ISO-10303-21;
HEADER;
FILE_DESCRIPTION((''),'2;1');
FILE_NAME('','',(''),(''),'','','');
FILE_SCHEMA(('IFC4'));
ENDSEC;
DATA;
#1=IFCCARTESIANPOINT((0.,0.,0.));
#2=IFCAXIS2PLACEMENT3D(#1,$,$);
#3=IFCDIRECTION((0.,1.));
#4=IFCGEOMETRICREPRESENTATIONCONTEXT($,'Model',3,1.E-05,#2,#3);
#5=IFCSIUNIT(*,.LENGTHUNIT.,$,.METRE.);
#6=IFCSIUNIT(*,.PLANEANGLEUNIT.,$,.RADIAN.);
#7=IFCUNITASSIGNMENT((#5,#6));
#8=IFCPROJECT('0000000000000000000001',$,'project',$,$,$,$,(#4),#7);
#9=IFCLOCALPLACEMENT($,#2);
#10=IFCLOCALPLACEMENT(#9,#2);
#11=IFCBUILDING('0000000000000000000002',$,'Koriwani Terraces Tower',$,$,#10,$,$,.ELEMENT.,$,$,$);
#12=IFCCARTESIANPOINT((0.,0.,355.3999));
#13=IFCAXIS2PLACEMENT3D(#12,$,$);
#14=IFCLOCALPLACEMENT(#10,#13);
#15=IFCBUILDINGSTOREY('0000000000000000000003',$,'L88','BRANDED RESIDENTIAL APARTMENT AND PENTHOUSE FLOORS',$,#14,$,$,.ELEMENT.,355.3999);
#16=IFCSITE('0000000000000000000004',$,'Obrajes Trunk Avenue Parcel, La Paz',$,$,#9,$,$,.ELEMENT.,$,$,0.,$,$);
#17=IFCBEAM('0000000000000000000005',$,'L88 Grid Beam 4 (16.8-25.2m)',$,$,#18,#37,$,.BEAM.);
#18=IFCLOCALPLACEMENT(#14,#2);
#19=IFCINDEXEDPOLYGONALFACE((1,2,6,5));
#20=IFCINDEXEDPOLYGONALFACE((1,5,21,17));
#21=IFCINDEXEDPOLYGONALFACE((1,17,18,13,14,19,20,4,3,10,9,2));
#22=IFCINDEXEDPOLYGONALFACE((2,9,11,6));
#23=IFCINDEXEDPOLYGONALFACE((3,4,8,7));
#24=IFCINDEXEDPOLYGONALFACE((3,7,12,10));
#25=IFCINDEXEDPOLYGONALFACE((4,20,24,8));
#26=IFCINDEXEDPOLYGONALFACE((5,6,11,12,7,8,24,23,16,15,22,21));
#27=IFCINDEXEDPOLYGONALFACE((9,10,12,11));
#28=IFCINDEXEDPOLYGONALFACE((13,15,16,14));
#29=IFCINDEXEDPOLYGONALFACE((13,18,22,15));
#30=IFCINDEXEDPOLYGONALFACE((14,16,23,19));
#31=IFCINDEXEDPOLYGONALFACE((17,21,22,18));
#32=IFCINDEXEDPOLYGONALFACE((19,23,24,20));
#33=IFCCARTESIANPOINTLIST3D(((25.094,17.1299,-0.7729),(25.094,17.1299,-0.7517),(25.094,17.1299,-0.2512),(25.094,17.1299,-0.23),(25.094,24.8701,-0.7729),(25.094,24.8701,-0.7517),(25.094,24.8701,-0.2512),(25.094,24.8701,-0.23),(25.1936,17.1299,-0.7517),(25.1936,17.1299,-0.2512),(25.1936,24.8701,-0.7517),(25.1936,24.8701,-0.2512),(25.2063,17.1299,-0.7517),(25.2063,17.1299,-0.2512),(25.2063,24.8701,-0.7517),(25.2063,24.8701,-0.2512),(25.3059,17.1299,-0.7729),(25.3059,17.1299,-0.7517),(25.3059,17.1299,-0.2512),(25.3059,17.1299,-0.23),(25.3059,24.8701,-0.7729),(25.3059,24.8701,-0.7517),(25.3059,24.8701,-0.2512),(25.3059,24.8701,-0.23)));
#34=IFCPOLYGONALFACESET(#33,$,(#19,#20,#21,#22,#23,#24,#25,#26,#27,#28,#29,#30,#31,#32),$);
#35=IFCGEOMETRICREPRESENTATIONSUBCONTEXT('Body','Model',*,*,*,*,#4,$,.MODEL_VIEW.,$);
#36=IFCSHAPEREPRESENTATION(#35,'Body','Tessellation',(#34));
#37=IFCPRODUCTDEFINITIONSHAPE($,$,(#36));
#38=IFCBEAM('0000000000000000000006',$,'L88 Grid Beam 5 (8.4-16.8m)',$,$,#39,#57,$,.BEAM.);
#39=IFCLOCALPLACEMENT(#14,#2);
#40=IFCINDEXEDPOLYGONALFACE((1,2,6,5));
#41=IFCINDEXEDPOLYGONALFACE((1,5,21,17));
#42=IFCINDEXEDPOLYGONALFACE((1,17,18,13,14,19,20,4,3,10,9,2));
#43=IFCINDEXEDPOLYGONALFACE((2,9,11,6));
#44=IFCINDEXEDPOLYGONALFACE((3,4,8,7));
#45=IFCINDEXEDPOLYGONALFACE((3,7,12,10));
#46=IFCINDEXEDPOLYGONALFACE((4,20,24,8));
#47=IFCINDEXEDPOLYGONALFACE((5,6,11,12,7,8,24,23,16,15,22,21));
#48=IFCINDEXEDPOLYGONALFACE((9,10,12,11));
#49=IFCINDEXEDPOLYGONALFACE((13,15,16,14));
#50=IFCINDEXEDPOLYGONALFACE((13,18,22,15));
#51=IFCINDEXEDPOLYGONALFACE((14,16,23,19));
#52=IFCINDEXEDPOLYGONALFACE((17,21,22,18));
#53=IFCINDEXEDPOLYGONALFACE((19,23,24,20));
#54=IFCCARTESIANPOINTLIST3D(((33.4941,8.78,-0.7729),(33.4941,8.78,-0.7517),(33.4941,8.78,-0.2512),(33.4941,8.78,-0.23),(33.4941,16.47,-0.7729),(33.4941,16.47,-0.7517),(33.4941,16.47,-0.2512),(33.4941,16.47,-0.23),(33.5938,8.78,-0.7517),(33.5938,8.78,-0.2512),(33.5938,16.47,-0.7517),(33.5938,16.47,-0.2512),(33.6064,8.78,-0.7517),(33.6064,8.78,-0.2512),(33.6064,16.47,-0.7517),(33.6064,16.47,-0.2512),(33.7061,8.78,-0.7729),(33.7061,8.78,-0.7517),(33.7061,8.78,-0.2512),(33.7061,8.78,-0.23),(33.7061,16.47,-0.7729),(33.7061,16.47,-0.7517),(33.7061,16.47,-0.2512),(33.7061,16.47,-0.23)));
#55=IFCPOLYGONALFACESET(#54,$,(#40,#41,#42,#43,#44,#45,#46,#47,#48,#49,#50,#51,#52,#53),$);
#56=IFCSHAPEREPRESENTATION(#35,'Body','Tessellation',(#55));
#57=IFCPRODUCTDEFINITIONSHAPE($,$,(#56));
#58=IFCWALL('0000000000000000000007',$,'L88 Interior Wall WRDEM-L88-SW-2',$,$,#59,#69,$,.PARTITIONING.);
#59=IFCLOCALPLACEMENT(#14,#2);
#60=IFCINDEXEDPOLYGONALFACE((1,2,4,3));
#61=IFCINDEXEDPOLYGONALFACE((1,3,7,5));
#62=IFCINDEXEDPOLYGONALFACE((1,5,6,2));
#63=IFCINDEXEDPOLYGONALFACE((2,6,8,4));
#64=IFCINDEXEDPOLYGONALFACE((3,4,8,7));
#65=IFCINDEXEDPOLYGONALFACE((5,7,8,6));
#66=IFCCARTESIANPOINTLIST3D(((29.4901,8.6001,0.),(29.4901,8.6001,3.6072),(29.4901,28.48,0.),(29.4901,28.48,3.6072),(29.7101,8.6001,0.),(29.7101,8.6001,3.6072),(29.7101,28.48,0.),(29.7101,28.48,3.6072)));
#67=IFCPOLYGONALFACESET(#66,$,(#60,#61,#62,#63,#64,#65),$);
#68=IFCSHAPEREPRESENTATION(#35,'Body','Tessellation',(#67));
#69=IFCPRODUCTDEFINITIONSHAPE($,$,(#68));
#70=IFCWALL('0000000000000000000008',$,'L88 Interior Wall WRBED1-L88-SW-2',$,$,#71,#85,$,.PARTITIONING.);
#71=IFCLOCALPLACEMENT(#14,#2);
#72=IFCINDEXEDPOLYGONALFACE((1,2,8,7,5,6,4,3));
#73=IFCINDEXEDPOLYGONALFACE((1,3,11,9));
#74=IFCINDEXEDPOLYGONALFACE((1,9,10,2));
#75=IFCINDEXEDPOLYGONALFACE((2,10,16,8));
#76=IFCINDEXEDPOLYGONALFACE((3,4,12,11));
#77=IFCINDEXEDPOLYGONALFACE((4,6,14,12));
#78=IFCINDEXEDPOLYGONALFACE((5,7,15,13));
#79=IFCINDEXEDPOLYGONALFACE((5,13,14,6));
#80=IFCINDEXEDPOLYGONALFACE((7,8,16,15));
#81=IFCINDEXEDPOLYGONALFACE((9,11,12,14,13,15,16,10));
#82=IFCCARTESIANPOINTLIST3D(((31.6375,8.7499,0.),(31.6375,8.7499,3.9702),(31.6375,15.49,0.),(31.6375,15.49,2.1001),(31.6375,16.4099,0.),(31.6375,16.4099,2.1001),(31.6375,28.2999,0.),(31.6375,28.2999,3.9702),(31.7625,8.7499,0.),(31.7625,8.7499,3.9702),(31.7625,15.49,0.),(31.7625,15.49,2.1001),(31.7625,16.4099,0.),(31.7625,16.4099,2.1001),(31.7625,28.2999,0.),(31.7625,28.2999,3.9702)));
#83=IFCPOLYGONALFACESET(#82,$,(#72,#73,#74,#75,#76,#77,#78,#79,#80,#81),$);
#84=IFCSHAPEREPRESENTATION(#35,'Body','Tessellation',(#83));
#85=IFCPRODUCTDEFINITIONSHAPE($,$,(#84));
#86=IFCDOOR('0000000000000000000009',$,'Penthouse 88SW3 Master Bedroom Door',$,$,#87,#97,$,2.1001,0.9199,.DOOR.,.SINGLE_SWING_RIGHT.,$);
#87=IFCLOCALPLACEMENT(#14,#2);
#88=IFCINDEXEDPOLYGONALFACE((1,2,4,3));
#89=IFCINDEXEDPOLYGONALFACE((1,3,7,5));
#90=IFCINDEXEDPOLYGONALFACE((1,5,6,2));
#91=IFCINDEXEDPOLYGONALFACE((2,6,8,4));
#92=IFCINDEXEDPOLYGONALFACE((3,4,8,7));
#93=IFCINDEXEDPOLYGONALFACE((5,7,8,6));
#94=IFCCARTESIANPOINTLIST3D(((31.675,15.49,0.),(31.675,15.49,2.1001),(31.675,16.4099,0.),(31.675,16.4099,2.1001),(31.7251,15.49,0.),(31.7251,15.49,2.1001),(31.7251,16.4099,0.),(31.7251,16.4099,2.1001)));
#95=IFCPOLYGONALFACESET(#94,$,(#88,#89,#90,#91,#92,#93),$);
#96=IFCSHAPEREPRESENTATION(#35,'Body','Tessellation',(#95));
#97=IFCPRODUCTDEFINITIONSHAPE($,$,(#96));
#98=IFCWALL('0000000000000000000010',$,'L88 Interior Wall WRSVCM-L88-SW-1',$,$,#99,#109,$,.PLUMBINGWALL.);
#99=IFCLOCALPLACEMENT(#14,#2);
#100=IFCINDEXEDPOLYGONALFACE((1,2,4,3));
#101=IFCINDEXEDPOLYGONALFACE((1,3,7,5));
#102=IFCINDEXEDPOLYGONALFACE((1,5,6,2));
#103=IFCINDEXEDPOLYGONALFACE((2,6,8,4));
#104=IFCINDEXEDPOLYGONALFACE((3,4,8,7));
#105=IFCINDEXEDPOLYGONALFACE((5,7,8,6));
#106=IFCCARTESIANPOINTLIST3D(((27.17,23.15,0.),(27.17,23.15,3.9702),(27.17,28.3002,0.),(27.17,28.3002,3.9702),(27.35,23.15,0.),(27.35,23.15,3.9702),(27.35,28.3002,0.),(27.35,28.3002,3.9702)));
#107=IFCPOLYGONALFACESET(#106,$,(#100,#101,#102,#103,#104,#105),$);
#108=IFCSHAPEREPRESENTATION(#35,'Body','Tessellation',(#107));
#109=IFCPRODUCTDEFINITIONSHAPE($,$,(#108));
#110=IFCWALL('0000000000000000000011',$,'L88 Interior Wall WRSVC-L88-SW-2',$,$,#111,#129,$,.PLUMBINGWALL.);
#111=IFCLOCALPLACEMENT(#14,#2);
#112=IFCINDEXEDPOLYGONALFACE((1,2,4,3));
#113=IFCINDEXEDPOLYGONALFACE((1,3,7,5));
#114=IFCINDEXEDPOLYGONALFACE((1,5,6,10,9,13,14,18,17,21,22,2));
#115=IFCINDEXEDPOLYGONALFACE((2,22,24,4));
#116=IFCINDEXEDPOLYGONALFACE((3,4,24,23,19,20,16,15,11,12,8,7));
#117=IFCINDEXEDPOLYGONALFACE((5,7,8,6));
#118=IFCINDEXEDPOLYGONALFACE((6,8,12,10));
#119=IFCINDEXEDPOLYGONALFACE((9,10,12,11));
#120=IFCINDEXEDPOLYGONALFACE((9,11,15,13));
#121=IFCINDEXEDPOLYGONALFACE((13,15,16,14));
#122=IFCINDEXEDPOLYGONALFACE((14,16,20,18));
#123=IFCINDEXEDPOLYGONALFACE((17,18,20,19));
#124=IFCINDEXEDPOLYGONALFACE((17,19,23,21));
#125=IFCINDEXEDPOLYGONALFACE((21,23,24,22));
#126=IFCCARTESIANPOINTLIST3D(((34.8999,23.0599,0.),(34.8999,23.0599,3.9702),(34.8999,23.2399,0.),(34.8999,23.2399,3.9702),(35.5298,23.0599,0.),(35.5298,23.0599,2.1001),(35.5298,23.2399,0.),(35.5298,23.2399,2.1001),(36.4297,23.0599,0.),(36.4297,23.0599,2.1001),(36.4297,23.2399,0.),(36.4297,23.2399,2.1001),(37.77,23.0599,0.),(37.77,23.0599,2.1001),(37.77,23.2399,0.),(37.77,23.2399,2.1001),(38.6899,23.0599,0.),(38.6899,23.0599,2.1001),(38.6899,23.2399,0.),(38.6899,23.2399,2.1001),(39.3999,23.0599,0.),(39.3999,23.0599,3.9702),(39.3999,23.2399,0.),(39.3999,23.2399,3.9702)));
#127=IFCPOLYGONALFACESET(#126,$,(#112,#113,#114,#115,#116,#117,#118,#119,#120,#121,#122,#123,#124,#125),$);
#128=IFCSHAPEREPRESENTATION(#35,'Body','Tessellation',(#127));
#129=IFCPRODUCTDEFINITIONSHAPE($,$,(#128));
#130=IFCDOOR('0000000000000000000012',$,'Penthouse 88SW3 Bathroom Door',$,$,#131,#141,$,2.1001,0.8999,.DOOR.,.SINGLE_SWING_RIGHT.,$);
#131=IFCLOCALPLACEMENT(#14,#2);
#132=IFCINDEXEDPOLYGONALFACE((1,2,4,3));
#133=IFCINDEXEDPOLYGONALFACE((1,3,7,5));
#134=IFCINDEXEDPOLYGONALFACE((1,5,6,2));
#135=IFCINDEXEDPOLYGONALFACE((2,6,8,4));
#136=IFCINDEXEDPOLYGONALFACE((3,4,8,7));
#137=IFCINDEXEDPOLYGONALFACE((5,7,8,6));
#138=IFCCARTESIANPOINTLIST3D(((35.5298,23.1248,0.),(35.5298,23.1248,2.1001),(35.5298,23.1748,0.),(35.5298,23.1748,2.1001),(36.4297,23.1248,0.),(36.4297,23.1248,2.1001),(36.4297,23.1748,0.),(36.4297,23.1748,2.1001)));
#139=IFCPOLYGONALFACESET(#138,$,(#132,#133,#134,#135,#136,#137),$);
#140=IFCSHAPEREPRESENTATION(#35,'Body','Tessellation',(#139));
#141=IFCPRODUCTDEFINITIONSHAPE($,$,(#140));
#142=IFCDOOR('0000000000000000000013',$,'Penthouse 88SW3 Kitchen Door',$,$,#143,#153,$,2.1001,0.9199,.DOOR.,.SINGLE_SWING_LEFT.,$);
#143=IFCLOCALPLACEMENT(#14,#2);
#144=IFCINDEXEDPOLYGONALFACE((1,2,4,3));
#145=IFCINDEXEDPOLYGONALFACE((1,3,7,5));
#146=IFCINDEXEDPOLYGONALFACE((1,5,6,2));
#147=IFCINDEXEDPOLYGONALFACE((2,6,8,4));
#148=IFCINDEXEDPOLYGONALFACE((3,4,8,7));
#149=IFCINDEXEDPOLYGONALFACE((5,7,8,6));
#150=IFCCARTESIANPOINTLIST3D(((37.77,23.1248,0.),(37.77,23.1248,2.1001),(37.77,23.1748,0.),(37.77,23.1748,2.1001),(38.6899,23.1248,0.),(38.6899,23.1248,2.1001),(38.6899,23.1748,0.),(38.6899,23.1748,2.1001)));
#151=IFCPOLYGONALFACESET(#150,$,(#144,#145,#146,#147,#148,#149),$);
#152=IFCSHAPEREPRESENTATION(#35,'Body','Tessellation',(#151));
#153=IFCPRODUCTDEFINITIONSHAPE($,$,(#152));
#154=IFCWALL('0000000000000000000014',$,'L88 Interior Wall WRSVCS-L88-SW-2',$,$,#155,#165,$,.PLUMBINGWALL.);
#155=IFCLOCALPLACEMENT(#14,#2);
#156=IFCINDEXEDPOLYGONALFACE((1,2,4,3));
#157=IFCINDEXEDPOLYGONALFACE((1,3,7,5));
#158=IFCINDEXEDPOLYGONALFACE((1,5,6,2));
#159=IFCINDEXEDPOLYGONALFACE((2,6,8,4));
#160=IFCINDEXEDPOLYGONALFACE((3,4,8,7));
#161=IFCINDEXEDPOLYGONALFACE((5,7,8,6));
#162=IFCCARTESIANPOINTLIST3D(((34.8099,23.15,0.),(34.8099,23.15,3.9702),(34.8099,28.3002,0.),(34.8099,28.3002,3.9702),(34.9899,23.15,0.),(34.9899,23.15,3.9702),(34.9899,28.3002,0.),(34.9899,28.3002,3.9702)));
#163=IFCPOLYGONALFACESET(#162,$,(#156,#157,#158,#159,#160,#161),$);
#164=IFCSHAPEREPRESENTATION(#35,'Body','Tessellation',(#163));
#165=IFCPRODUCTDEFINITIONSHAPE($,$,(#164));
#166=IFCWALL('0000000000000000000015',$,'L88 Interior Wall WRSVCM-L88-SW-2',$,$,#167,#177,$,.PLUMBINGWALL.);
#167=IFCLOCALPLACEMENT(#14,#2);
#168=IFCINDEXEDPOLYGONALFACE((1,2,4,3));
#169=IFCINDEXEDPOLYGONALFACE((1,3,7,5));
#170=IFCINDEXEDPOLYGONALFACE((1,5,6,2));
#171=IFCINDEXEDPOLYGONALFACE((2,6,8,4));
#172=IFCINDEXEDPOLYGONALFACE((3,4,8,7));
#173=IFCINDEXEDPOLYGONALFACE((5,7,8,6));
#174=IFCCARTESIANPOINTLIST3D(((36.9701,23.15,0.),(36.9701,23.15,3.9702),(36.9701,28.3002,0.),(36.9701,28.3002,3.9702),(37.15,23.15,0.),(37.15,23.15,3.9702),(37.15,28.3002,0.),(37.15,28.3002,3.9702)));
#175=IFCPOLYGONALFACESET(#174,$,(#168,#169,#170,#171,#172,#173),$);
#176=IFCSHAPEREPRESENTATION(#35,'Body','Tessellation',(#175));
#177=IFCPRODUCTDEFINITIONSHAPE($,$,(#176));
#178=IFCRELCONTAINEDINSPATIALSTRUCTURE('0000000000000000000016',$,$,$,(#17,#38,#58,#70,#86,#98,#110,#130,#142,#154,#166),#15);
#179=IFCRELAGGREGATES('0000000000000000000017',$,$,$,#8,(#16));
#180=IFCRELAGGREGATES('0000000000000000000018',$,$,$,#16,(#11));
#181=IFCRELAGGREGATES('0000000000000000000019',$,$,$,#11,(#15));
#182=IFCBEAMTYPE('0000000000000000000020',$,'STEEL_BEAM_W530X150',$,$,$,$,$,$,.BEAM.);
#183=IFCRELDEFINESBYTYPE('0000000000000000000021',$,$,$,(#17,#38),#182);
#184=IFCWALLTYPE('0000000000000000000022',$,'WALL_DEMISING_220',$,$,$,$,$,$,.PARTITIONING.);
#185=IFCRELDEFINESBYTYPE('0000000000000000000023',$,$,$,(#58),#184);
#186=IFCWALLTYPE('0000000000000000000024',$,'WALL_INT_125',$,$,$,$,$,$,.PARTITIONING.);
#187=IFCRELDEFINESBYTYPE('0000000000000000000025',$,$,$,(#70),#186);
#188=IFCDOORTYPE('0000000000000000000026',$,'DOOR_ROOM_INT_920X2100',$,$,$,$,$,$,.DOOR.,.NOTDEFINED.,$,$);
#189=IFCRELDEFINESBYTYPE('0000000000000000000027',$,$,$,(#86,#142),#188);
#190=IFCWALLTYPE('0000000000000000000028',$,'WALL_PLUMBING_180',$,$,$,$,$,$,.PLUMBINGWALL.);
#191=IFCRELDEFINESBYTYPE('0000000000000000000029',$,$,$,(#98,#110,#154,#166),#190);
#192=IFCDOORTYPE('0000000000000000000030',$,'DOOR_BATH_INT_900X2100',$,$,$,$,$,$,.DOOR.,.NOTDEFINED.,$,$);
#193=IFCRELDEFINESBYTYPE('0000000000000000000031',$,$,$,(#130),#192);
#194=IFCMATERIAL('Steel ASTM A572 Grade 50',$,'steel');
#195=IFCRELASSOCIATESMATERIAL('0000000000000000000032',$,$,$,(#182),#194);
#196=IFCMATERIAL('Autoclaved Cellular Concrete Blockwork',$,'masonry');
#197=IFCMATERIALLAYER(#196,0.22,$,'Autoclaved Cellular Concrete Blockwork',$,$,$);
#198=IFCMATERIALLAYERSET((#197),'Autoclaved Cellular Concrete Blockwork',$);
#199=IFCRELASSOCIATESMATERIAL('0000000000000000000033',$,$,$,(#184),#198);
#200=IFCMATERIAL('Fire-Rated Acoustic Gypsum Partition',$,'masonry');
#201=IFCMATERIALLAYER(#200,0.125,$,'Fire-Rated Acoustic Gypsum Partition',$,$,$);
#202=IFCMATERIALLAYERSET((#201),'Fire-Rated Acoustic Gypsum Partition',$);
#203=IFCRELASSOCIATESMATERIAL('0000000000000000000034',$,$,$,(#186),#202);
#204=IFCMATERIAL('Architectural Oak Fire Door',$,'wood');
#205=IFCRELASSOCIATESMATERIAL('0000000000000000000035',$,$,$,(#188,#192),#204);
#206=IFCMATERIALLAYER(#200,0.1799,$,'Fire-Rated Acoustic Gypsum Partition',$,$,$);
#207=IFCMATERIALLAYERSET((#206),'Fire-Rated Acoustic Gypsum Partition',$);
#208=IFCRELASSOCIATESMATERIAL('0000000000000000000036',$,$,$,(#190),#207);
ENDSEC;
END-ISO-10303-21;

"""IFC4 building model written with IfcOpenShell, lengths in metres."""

from ifc_helpers import new_model, si_unit, direction, frame, frame_2d, origin, origin_2d, place, context, subcontext, project, spatial, rectangle, i_section, extrude, material, layer, layer_set, material_profile, profile_set, type_object, element, fill, save


model = new_model("IFC4")

# Units and contexts
model_context = context("Model", 3, precision=1e-05, world=origin(), true_north=direction((0.0, 1.0)))
body_context = subcontext(model_context, "Body", "Model", "MODEL_VIEW")
ifc_project = project(units=[si_unit("LENGTHUNIT", "METRE"), si_unit("PLANEANGLEUNIT", "RADIAN")], contexts=[model_context])

# Site, building, storey
site_placement = place(None, origin())
site = spatial("IfcSite", under=ifc_project, at=site_placement, Name="Obrajes Trunk Avenue Parcel, La Paz", CompositionType="ELEMENT", RefElevation=0.0)
building_placement = place(site_placement, origin())
building = spatial("IfcBuilding", under=site, at=building_placement, Name="Koriwani Terraces Tower", CompositionType="ELEMENT")
storey_placement = place(building_placement, frame((0.0, 0.0, 355.3999)))
storey = spatial("IfcBuildingStorey", under=building, at=storey_placement, Name="L88", Description="BRANDED RESIDENTIAL APARTMENT AND PENTHOUSE FLOORS", CompositionType="ELEMENT", Elevation=355.3999)

# Beams
ifc_material_1 = material(Name="Steel ASTM A572 Grade 50", Category="steel")
ifc_material_profile_1 = material_profile(ifc_material_1, i_section(OverallWidth=0.2119, OverallDepth=0.543, WebThickness=0.0127, FlangeThickness=0.0212, at=origin_2d()), Name="Steel ASTM A572 Grade 50", Category="LoadBearing")
ifc_profile_set_1 = profile_set([ifc_material_profile_1], Name="Steel ASTM A572 Grade 50")
beam_type_1 = type_object("IfcBeamType", Name="STEEL_BEAM_W530X150", PredefinedType="BEAM", material=ifc_profile_set_1)
beam_1_placement = place(storey_placement, frame((25.2, 17.1299, -0.5015), z_axis=(0.0, 1.0, 0.0), x_axis=(-1.0, 0.0, 0.0)))
element("IfcBeam", 1, at=beam_1_placement, inside=storey, type_object=beam_type_1, Name="L88 Grid Beam 4 (16.8-25.2m)", PredefinedType="BEAM", context=body_context, shape_type="SweptSolid", body=[
    extrude(i_section(OverallWidth=0.2119, OverallDepth=0.543, WebThickness=0.0127, FlangeThickness=0.0212, at=origin_2d()), origin(), (0.0, 0.0, 1.0), 7.7402),
])
beam_2_placement = place(storey_placement, frame((33.6001, 8.78, -0.5015), z_axis=(0.0, 1.0, 0.0), x_axis=(-1.0, 0.0, 0.0)))
element("IfcBeam", 2, at=beam_2_placement, inside=storey, type_object=beam_type_1, Name="L88 Grid Beam 5 (8.4-16.8m)", PredefinedType="BEAM", context=body_context, shape_type="SweptSolid", body=[
    extrude(i_section(OverallWidth=0.2119, OverallDepth=0.543, WebThickness=0.0127, FlangeThickness=0.0212, at=origin_2d()), origin(), (0.0, 0.0, 1.0), 7.6899),
])

# Wall
ifc_material_2 = material(Name="Autoclaved Cellular Concrete Blockwork", Category="masonry")
ifc_layer_1 = layer(ifc_material_2, 0.22, Name="Autoclaved Cellular Concrete Blockwork")
ifc_layer_set_1 = layer_set([ifc_layer_1], Name="Autoclaved Cellular Concrete Blockwork")
wall_type_1 = type_object("IfcWallType", Name="WALL_DEMISING_220", PredefinedType="PARTITIONING", material=ifc_layer_set_1)
wall_1_placement = place(storey_placement, frame((29.6001, 8.6001, 0.0), z_axis=(0.0, 0.0, 1.0), x_axis=(0.0, 1.0, 0.0)))
element("IfcWall", 3, at=wall_1_placement, inside=storey, type_object=wall_type_1, Name="L88 Interior Wall WRDEM-L88-SW-2", PredefinedType="PARTITIONING", context=body_context, shape_type="SweptSolid", body=[
    extrude(rectangle(XDim=19.8799, YDim=0.22, at=frame_2d((9.9399, 0.0))), origin(), (0.0, 0.0, 1.0), 3.6072),
])

# Wall, opening, door
ifc_material_3 = material(Name="Fire-Rated Acoustic Gypsum Partition", Category="masonry")
ifc_layer_2 = layer(ifc_material_3, 0.125, Name="Fire-Rated Acoustic Gypsum Partition")
ifc_layer_set_2 = layer_set([ifc_layer_2], Name="Fire-Rated Acoustic Gypsum Partition")
wall_type_2 = type_object("IfcWallType", Name="WALL_INT_125", PredefinedType="PARTITIONING", material=ifc_layer_set_2)
wall_2_placement = place(storey_placement, frame((31.7, 8.75, 0.0), z_axis=(0.0, 0.0, 1.0), x_axis=(0.0, 1.0, 0.0)))
wall_2 = element("IfcWall", 4, at=wall_2_placement, inside=storey, type_object=wall_type_2, Name="L88 Interior Wall WRBED1-L88-SW-2", PredefinedType="PARTITIONING", context=body_context, shape_type="SweptSolid", body=[
    extrude(rectangle(XDim=19.55, YDim=0.125, at=frame_2d((9.7749, 0.0))), origin(), (0.0, 0.0, 1.0), 3.9702),
])
opening_1_placement = place(wall_2_placement, frame((6.74, 0.0, 0.0)))
opening_1 = element("IfcOpeningElement", 5, at=opening_1_placement, cuts=wall_2, PredefinedType="OPENING", context=body_context, shape_type="SweptSolid", body=[
    extrude(rectangle(XDim=0.9199, YDim=2.1001, at=frame_2d((0.46, 1.05))), frame((0.0, 0.0725, 0.0), z_axis=(0.0, -1.0, 0.0), x_axis=(1.0, 0.0, 0.0)), (0.0, 0.0, 1.0), 0.145),
])
ifc_material_4 = material(Name="Architectural Oak Fire Door", Category="wood")
door_type_1 = type_object("IfcDoorType", Name="DOOR_ROOM_INT_920X2100", OperationType="NOTDEFINED", PredefinedType="DOOR", material=ifc_material_4)
door_1_placement = place(opening_1_placement, origin())
door_1 = element("IfcDoor", 6, at=door_1_placement, inside=storey, type_object=door_type_1, Name="Penthouse 88SW3 Master Bedroom Door", OperationType="SINGLE_SWING_RIGHT", OverallHeight=2.1001, OverallWidth=0.9199, PredefinedType="DOOR", context=body_context, shape_type="SweptSolid", body=[
    extrude(rectangle(XDim=0.9199, YDim=2.1001, at=frame_2d((0.46, 1.05))), frame((0.0, 0.0249, 0.0), z_axis=(0.0, -1.0, 0.0), x_axis=(1.0, 0.0, 0.0)), (0.0, 0.0, 1.0), 0.05),
])
fill(opening_1, door_1)

# Wall
ifc_layer_3 = layer(ifc_material_3, 0.1799, Name="Fire-Rated Acoustic Gypsum Partition")
ifc_layer_set_3 = layer_set([ifc_layer_3], Name="Fire-Rated Acoustic Gypsum Partition")
wall_type_3 = type_object("IfcWallType", Name="WALL_PLUMBING_180", PredefinedType="PLUMBINGWALL", material=ifc_layer_set_3)
wall_3_placement = place(storey_placement, frame((27.26, 23.1499, 0.0), z_axis=(0.0, 0.0, 1.0), x_axis=(0.0, 1.0, 0.0)))
element("IfcWall", 7, at=wall_3_placement, inside=storey, type_object=wall_type_3, Name="L88 Interior Wall WRSVCM-L88-SW-1", PredefinedType="PLUMBINGWALL", context=body_context, shape_type="SweptSolid", body=[
    extrude(rectangle(XDim=5.1501, YDim=0.1799, at=frame_2d((2.5752, 0.0))), origin(), (0.0, 0.0, 1.0), 3.9702),
])

# Wall, openings, doors
wall_4_placement = place(storey_placement, frame((34.8999, 23.1499, 0.0), z_axis=(0.0, 0.0, 1.0), x_axis=(1.0, 0.0, 0.0)))
wall_4 = element("IfcWall", 8, at=wall_4_placement, inside=storey, type_object=wall_type_3, Name="L88 Interior Wall WRSVC-L88-SW-2", PredefinedType="PLUMBINGWALL", context=body_context, shape_type="SweptSolid", body=[
    extrude(rectangle(XDim=4.5, YDim=0.1799, at=frame_2d((2.25, 0.0))), origin(), (0.0, 0.0, 1.0), 3.9702),
])
opening_2_placement = place(wall_4_placement, frame((0.6299, 0.0, 0.0)))
opening_2 = element("IfcOpeningElement", 9, at=opening_2_placement, cuts=wall_4, PredefinedType="OPENING", context=body_context, shape_type="SweptSolid", body=[
    extrude(rectangle(XDim=0.8999, YDim=2.1001, at=frame_2d((0.45, 1.05))), frame((0.0, 0.1001, 0.0), z_axis=(0.0, -1.0, 0.0), x_axis=(1.0, 0.0, 0.0)), (0.0, 0.0, 1.0), 0.2),
])
opening_3_placement = place(wall_4_placement, frame((2.8701, 0.0, 0.0)))
opening_3 = element("IfcOpeningElement", 10, at=opening_3_placement, cuts=wall_4, PredefinedType="OPENING", context=body_context, shape_type="SweptSolid", body=[
    extrude(rectangle(XDim=0.9199, YDim=2.1001, at=frame_2d((0.46, 1.05))), frame((0.0, 0.1001, 0.0), z_axis=(0.0, -1.0, 0.0), x_axis=(1.0, 0.0, 0.0)), (0.0, 0.0, 1.0), 0.2),
])
door_type_2 = type_object("IfcDoorType", Name="DOOR_BATH_INT_900X2100", OperationType="NOTDEFINED", PredefinedType="DOOR", material=ifc_material_4)
door_2_placement = place(opening_2_placement, origin())
door_2 = element("IfcDoor", 11, at=door_2_placement, inside=storey, type_object=door_type_2, Name="Penthouse 88SW3 Bathroom Door", OperationType="SINGLE_SWING_RIGHT", OverallHeight=2.1001, OverallWidth=0.8999, PredefinedType="DOOR", context=body_context, shape_type="SweptSolid", body=[
    extrude(rectangle(XDim=0.8999, YDim=2.1001, at=frame_2d((0.45, 1.05))), frame((0.0, 0.0249, 0.0), z_axis=(0.0, -1.0, 0.0), x_axis=(1.0, 0.0, 0.0)), (0.0, 0.0, 1.0), 0.05),
])
fill(opening_2, door_2)
door_3_placement = place(opening_3_placement, origin())
door_3 = element("IfcDoor", 12, at=door_3_placement, inside=storey, type_object=door_type_1, Name="Penthouse 88SW3 Kitchen Door", OperationType="SINGLE_SWING_LEFT", OverallHeight=2.1001, OverallWidth=0.9199, PredefinedType="DOOR", context=body_context, shape_type="SweptSolid", body=[
    extrude(rectangle(XDim=0.9199, YDim=2.1001, at=frame_2d((0.46, 1.05))), frame((0.0, 0.0249, 0.0), z_axis=(0.0, -1.0, 0.0), x_axis=(1.0, 0.0, 0.0)), (0.0, 0.0, 1.0), 0.05),
])
fill(opening_3, door_3)

# Walls
for number, where, z_axis, x_axis, name in (
    (13, (34.8999, 23.1499, 0.0), (0.0, 0.0, 1.0), (0.0, 1.0, 0.0), "L88 Interior Wall WRSVCS-L88-SW-2"),
    (14, (37.0601, 23.1499, 0.0), (0.0, 0.0, 1.0), (0.0, 1.0, 0.0), "L88 Interior Wall WRSVCM-L88-SW-2"),
):
    element("IfcWall", number, at=place(storey_placement, frame(where, z_axis=z_axis, x_axis=x_axis)), inside=storey, type_object=wall_type_3, Name=name, PredefinedType="PLUMBINGWALL", context=body_context, shape_type="SweptSolid", body=[
        extrude(rectangle(XDim=5.1501, YDim=0.1799, at=frame_2d((2.5752, 0.0))), origin(), (0.0, 0.0, 1.0), 3.9702),
    ])

save(model, "model.ifc")
